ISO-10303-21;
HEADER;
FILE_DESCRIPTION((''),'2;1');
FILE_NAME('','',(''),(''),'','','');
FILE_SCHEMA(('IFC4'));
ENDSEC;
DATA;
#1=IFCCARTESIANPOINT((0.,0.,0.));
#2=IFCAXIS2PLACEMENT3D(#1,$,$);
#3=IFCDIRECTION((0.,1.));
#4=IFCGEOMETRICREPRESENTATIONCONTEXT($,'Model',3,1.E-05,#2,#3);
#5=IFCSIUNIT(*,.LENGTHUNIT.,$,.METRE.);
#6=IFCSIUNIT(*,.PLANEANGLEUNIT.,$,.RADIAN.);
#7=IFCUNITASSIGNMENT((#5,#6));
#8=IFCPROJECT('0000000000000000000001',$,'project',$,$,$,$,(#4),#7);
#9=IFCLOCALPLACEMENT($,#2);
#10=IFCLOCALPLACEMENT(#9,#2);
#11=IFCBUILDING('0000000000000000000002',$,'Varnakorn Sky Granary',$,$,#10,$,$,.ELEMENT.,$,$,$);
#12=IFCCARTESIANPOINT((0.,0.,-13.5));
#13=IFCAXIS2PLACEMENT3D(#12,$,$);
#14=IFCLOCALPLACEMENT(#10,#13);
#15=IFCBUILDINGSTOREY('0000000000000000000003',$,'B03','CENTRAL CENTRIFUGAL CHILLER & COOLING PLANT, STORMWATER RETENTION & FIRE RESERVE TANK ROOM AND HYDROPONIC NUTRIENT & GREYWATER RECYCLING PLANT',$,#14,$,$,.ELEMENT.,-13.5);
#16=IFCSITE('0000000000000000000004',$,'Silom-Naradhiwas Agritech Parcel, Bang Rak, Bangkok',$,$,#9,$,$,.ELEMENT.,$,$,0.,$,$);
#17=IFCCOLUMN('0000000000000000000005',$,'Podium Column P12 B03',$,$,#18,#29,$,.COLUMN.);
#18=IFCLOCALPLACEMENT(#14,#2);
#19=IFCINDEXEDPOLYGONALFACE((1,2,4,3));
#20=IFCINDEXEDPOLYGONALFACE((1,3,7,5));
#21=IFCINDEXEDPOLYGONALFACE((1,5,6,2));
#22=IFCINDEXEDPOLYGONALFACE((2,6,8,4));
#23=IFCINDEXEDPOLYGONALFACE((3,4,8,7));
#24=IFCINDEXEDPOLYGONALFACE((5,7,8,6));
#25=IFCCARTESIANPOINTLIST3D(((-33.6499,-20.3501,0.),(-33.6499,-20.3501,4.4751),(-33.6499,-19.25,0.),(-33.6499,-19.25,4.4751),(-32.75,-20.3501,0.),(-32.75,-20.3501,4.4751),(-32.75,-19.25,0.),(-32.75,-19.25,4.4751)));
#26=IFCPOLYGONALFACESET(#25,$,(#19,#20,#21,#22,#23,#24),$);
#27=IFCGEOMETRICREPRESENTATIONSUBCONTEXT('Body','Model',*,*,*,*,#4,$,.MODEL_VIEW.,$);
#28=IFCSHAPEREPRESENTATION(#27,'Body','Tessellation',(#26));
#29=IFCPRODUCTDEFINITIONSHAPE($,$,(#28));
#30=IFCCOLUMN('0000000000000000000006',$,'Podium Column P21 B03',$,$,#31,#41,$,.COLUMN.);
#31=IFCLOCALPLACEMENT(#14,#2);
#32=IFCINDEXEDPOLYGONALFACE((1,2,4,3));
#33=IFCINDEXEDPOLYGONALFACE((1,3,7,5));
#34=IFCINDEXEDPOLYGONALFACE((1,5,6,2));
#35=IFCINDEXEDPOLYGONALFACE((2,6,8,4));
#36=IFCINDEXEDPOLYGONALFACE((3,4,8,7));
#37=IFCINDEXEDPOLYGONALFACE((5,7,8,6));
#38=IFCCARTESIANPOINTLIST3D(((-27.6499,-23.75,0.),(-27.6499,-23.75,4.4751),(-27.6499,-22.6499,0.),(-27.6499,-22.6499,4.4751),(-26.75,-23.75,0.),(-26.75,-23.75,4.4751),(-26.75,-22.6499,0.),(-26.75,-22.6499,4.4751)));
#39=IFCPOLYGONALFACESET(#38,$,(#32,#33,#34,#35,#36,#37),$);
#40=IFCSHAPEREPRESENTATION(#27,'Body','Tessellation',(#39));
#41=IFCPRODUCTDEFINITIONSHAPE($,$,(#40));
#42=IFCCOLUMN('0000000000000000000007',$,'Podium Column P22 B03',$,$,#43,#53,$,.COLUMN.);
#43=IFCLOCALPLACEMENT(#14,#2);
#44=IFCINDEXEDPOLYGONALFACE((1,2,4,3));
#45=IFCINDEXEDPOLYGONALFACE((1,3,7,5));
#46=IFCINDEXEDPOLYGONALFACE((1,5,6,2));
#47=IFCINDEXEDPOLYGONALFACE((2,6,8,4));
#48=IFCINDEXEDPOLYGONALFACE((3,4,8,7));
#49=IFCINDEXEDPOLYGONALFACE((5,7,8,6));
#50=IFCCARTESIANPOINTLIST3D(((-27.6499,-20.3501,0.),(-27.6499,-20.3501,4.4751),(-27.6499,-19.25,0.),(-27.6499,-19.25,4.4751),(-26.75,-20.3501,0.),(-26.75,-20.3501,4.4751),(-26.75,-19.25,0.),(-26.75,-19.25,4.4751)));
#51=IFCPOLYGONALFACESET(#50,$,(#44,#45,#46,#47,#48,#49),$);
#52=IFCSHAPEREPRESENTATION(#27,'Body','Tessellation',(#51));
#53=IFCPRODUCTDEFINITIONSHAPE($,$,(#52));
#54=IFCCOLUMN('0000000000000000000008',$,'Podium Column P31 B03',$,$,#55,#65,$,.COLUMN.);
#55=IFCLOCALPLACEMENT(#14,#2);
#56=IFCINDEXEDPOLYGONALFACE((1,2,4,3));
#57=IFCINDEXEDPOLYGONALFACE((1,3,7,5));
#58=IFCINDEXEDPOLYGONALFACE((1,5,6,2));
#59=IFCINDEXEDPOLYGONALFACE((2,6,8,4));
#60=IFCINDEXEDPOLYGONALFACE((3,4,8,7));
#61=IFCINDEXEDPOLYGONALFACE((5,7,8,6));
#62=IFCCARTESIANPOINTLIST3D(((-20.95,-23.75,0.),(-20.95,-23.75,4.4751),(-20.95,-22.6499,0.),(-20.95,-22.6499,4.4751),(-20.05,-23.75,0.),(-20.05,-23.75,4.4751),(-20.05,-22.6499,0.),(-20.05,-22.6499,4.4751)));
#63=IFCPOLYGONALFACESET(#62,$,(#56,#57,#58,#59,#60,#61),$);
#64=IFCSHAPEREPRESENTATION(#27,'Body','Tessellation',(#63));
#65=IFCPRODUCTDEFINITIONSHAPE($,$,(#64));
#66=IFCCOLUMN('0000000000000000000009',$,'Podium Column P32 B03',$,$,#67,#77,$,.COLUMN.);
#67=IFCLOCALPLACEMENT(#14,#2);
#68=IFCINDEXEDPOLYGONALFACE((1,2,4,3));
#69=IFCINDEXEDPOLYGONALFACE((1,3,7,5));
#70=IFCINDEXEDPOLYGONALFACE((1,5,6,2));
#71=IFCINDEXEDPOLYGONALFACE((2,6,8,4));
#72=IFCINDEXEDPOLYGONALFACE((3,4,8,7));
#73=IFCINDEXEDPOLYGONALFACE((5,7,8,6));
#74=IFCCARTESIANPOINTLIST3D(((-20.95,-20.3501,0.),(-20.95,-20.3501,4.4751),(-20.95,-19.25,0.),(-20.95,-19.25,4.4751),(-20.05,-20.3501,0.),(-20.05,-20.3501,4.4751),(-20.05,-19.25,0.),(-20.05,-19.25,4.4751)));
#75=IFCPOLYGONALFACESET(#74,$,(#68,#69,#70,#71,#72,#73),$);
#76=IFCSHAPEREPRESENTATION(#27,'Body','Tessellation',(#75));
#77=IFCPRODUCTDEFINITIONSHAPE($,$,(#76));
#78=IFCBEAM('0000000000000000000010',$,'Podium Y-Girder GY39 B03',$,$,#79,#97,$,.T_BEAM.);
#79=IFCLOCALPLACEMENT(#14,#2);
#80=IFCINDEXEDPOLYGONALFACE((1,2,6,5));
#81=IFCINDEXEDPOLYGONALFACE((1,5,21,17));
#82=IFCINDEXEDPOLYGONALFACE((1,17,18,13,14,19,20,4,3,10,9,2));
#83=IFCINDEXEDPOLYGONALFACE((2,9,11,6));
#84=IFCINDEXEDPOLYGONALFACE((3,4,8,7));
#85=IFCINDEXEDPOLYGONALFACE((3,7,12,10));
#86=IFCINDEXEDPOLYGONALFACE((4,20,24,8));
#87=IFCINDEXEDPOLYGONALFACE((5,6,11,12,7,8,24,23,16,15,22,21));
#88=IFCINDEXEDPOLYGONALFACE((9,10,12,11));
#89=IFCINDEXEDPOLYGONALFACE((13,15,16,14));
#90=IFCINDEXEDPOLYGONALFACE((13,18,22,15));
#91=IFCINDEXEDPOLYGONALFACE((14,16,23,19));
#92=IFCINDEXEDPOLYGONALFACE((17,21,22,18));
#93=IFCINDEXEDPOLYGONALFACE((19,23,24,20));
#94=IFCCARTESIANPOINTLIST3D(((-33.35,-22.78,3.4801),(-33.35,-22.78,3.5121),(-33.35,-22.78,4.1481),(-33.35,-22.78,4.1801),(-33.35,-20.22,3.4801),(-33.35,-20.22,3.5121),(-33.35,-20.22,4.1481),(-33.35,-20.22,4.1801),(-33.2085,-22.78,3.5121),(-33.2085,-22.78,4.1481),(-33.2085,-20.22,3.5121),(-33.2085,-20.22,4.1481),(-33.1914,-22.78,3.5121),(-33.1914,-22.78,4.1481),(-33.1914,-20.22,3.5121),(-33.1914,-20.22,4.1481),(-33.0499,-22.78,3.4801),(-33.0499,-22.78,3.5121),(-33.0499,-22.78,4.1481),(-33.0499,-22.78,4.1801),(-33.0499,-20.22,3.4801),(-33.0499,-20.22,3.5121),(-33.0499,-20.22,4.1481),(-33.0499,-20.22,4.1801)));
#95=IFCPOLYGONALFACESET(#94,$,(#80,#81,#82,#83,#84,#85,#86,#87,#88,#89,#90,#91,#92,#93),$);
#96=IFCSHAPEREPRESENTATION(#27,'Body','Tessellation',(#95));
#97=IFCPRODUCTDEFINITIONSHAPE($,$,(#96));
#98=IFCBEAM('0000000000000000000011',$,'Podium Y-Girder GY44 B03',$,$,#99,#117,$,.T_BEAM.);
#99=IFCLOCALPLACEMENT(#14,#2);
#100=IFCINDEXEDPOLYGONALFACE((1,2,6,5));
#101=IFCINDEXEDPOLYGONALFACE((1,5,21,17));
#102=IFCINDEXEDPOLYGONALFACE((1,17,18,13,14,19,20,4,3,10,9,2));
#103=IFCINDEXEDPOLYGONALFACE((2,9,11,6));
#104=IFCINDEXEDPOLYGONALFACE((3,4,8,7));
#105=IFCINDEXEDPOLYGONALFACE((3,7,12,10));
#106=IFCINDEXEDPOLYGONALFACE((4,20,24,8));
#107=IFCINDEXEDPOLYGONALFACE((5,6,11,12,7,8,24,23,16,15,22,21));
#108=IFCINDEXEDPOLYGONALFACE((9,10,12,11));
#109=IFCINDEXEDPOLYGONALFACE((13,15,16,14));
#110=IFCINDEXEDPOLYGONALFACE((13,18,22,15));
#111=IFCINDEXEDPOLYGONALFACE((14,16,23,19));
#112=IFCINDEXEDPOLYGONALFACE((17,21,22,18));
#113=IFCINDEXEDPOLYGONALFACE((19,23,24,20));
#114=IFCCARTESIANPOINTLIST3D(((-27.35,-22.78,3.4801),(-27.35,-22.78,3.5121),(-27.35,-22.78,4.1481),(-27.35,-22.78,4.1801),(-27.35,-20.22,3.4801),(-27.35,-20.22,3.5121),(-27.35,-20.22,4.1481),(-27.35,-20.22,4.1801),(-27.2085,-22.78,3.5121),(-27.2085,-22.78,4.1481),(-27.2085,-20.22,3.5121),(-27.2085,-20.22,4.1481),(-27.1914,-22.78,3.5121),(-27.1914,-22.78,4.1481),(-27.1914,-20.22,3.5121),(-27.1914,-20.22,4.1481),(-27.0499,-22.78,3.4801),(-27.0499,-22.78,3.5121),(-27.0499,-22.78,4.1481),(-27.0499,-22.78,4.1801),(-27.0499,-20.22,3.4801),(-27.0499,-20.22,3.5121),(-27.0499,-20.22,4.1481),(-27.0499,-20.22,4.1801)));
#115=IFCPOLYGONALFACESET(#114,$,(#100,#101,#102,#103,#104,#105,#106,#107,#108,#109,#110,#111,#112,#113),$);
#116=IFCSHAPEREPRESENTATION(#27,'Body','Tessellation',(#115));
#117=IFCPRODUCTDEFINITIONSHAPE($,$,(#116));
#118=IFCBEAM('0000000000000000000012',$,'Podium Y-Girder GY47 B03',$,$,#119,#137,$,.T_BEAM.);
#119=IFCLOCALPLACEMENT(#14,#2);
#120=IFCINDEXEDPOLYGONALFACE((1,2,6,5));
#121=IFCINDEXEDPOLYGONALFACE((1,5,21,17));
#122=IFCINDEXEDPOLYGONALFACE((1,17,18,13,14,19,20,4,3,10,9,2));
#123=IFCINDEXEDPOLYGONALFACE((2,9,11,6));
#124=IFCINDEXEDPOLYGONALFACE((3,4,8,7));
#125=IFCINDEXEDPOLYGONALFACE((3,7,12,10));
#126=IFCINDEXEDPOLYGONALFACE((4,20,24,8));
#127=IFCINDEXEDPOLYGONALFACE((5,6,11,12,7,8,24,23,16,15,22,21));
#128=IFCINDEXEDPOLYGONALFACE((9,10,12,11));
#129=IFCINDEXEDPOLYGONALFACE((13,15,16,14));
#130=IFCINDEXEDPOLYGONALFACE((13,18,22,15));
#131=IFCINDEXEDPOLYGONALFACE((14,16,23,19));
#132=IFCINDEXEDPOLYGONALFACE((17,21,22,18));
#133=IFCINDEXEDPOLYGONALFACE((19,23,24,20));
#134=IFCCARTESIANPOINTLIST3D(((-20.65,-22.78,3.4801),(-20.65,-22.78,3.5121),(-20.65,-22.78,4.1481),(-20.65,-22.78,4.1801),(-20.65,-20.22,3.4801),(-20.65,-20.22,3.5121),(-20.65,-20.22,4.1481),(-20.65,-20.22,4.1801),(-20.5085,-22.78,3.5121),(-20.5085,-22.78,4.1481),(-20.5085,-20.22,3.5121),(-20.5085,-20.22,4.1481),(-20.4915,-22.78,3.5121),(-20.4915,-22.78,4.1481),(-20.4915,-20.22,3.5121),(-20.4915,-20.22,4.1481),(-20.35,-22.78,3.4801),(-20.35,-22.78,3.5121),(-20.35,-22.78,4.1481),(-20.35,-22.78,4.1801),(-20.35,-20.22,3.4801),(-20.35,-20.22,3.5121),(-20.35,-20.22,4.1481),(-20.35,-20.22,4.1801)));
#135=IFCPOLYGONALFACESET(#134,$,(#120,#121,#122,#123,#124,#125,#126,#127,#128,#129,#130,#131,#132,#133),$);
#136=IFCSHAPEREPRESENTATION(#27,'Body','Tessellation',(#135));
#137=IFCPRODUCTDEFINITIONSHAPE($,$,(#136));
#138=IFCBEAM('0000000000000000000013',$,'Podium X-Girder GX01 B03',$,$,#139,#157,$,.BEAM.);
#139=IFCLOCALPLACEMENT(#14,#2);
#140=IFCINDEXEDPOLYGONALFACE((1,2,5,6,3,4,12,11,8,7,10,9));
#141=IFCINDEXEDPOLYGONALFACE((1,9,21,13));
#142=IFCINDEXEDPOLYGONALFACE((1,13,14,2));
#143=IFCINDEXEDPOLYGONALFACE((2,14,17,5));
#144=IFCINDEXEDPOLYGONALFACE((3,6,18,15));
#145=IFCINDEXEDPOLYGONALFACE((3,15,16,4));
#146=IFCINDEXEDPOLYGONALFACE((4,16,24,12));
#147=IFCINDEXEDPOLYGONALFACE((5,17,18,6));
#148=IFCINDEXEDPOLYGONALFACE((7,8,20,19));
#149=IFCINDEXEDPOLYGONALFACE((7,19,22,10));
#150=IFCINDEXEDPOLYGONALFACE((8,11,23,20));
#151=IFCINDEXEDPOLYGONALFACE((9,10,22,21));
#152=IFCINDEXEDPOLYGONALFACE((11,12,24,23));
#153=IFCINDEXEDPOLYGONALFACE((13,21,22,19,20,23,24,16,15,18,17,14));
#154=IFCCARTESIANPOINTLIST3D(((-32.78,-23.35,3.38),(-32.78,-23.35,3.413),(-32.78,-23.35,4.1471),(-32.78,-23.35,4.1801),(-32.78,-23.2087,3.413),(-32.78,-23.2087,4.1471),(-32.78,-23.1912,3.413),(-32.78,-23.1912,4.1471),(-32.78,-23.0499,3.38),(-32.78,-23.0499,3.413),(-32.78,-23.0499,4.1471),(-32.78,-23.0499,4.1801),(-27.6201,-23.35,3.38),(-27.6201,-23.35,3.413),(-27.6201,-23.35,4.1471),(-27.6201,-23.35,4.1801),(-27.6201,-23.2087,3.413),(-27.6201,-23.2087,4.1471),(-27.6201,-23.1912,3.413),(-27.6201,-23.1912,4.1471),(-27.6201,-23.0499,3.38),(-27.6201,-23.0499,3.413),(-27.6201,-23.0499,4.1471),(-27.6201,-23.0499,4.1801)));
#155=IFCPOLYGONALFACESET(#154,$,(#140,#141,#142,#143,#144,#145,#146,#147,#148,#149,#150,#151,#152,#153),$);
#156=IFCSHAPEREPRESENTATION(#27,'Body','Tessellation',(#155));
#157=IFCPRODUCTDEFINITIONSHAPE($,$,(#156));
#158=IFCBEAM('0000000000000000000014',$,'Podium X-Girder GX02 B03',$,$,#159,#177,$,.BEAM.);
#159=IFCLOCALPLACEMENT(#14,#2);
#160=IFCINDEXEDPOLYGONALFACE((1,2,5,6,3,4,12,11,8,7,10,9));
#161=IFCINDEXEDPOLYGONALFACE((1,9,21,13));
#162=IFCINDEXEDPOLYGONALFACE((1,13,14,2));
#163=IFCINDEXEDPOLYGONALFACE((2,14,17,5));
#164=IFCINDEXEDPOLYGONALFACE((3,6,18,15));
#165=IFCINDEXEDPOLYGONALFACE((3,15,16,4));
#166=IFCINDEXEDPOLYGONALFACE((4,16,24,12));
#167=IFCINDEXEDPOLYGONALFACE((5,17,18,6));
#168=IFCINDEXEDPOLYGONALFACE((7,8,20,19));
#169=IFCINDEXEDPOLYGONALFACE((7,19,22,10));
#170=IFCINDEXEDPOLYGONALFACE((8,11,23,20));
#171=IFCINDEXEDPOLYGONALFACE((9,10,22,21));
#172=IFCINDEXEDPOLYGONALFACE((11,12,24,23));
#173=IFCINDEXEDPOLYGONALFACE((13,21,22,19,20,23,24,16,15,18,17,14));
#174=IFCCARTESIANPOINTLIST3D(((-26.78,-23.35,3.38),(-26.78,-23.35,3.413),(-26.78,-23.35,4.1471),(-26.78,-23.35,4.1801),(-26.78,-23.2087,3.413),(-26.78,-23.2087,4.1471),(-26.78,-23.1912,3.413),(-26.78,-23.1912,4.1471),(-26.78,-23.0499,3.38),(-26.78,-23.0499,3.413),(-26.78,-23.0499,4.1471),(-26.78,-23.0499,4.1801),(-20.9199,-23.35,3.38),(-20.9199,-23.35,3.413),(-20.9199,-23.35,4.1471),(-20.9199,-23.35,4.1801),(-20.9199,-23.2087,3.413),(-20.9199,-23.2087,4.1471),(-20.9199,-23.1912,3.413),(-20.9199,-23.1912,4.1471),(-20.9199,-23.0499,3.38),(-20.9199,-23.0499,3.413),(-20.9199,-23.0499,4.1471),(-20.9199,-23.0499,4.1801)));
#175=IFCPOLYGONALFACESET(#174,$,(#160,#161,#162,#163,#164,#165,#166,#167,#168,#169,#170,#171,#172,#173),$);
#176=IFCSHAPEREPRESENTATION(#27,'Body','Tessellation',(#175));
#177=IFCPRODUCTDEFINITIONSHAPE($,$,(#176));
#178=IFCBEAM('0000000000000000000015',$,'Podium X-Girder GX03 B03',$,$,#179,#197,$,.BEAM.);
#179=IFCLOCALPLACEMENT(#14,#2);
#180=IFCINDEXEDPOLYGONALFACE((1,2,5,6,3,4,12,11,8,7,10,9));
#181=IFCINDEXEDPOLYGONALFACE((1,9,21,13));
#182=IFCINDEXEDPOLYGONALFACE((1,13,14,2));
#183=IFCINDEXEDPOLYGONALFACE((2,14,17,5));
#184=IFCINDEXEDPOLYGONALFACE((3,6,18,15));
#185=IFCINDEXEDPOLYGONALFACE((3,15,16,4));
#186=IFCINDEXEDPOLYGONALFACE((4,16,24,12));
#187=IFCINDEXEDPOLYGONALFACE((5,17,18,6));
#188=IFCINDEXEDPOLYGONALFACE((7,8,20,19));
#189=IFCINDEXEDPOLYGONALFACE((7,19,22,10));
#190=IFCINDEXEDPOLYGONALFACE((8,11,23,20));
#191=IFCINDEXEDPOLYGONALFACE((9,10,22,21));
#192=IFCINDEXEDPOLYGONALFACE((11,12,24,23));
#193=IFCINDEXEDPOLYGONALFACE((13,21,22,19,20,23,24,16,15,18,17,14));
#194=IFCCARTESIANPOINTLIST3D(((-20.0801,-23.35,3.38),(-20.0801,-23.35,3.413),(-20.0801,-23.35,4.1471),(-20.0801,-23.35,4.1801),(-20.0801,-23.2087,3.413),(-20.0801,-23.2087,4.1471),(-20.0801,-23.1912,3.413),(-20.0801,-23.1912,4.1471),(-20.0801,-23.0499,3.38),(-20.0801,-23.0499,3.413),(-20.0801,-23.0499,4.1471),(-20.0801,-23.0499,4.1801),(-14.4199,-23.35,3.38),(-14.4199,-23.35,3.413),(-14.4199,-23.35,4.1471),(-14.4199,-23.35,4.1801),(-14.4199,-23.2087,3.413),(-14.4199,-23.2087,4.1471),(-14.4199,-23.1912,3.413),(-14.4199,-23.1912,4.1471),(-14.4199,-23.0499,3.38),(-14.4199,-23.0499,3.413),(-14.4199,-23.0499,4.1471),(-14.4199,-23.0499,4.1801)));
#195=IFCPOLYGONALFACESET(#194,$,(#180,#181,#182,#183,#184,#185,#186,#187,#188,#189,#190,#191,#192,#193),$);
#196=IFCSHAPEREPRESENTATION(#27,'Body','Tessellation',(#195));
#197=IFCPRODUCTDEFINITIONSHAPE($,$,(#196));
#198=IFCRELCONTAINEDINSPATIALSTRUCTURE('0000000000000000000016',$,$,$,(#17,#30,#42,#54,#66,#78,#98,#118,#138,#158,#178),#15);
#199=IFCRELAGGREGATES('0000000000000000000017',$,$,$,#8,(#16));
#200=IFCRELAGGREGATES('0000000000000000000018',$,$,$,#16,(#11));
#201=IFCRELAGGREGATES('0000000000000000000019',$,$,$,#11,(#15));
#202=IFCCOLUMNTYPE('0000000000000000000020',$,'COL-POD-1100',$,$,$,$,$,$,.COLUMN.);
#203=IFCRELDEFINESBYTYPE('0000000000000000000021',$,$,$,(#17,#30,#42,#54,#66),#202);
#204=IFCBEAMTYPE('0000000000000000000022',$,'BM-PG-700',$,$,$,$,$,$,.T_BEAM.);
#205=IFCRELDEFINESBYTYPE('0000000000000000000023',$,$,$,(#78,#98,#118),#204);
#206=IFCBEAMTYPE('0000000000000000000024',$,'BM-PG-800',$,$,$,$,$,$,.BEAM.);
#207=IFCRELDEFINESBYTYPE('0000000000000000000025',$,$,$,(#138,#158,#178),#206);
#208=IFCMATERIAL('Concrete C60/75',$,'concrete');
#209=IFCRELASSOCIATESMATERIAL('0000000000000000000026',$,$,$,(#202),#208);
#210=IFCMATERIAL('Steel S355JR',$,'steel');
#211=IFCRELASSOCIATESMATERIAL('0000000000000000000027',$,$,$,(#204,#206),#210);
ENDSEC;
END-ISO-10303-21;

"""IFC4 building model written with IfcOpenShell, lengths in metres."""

from ifc_helpers import new_model, si_unit, direction, frame, origin, origin_2d, place, context, subcontext, project, spatial, rectangle, i_section, extrude, material, material_profile, profile_set, type_object, element, save


model = new_model("IFC4")

# Units and contexts
model_context = context("Model", 3, precision=1e-05, world=origin(), true_north=direction((0.0, 1.0)))
body_context = subcontext(model_context, "Body", "Model", "MODEL_VIEW")
ifc_project = project(units=[si_unit("LENGTHUNIT", "METRE"), si_unit("PLANEANGLEUNIT", "RADIAN")], contexts=[model_context])

# Site, building, storey
site_placement = place(None, origin())
site = spatial("IfcSite", under=ifc_project, at=site_placement, Name="Silom-Naradhiwas Agritech Parcel, Bang Rak, Bangkok", CompositionType="ELEMENT", RefElevation=0.0)
building_placement = place(site_placement, origin())
building = spatial("IfcBuilding", under=site, at=building_placement, Name="Varnakorn Sky Granary", CompositionType="ELEMENT")
storey_placement = place(building_placement, frame((0.0, 0.0, -13.5)))
storey = spatial("IfcBuildingStorey", under=building, at=storey_placement, Name="B03", Description="CENTRAL CENTRIFUGAL CHILLER & COOLING PLANT, STORMWATER RETENTION & FIRE RESERVE TANK ROOM AND HYDROPONIC NUTRIENT & GREYWATER RECYCLING PLANT", CompositionType="ELEMENT", Elevation=-13.5)

# Columns
ifc_material_1 = material(Name="Concrete C60/75", Category="concrete")
ifc_material_profile_1 = material_profile(ifc_material_1, rectangle(XDim=0.8999, YDim=1.1001, at=origin_2d()), Name="RC 900x1100")
ifc_profile_set_1 = profile_set([ifc_material_profile_1], Name="Concrete C60/75")
column_type = type_object("IfcColumnType", Name="COL-POD-1100", PredefinedType="COLUMN", material=ifc_profile_set_1)
for number, where, z_axis, x_axis, name in (
    (1, (-33.2, -19.8, 0.0), (0.0, 0.0, 1.0), (1.0, 0.0, 0.0), "Podium Column P12 B03"),
    (2, (-27.2, -23.2, 0.0), (0.0, 0.0, 1.0), (1.0, 0.0, 0.0), "Podium Column P21 B03"),
    (3, (-27.2, -19.8, 0.0), (0.0, 0.0, 1.0), (1.0, 0.0, 0.0), "Podium Column P22 B03"),
    (4, (-20.5, -23.2, 0.0), (0.0, 0.0, 1.0), (1.0, 0.0, 0.0), "Podium Column P31 B03"),
    (5, (-20.5, -19.8, 0.0), (0.0, 0.0, 1.0), (1.0, 0.0, 0.0), "Podium Column P32 B03"),
):
    element("IfcColumn", number, at=place(storey_placement, frame(where, z_axis=z_axis, x_axis=x_axis)), inside=storey, type_object=column_type, Name=name, PredefinedType="COLUMN", context=body_context, shape_type="SweptSolid", body=[
        extrude(rectangle(XDim=0.8999, YDim=1.1001, at=origin_2d()), origin(), (0.0, 0.0, 1.0), 4.4751),
    ])

# Beams
ifc_material_2 = material(Name="Steel S355JR", Category="steel")
ifc_material_profile_2 = material_profile(ifc_material_2, i_section(OverallWidth=0.3, OverallDepth=0.7, WebThickness=0.0171, FlangeThickness=0.032, at=origin_2d()), Name="HE 700 B")
ifc_profile_set_2 = profile_set([ifc_material_profile_2], Name="Steel S355JR")
beam_type_1 = type_object("IfcBeamType", Name="BM-PG-700", PredefinedType="T_BEAM", material=ifc_profile_set_2)
for number, where, z_axis, x_axis, name in (
    (6, (-33.2, -22.78, 3.8301), (0.0, 1.0, 0.0), (-1.0, 0.0, 0.0), "Podium Y-Girder GY39 B03"),
    (7, (-27.2, -22.78, 3.8301), (0.0, 1.0, 0.0), (-1.0, 0.0, 0.0), "Podium Y-Girder GY44 B03"),
    (8, (-20.5, -22.78, 3.8301), (0.0, 1.0, 0.0), (-1.0, 0.0, 0.0), "Podium Y-Girder GY47 B03"),
):
    element("IfcBeam", number, at=place(storey_placement, frame(where, z_axis=z_axis, x_axis=x_axis)), inside=storey, type_object=beam_type_1, Name=name, PredefinedType="T_BEAM", context=body_context, shape_type="SweptSolid", body=[
        extrude(i_section(OverallWidth=0.3, OverallDepth=0.7, WebThickness=0.0171, FlangeThickness=0.032, at=origin_2d()), origin(), (0.0, 0.0, 1.0), 2.5601),
    ])
ifc_material_profile_3 = material_profile(ifc_material_2, i_section(OverallWidth=0.3, OverallDepth=0.8, WebThickness=0.0176, FlangeThickness=0.033, at=origin_2d()), Name="HE 800 B")
ifc_profile_set_3 = profile_set([ifc_material_profile_3], Name="Steel S355JR")
beam_type_2 = type_object("IfcBeamType", Name="BM-PG-800", PredefinedType="BEAM", material=ifc_profile_set_3)
beam_1_placement = place(storey_placement, frame((-32.78, -23.2, 3.78), z_axis=(1.0, 0.0, 0.0), x_axis=(0.0, 1.0, 0.0)))
element("IfcBeam", 9, at=beam_1_placement, inside=storey, type_object=beam_type_2, Name="Podium X-Girder GX01 B03", PredefinedType="BEAM", context=body_context, shape_type="SweptSolid", body=[
    extrude(i_section(OverallWidth=0.3, OverallDepth=0.8, WebThickness=0.0176, FlangeThickness=0.033, at=origin_2d()), origin(), (0.0, 0.0, 1.0), 5.1599),
])
beam_2_placement = place(storey_placement, frame((-26.78, -23.2, 3.78), z_axis=(1.0, 0.0, 0.0), x_axis=(0.0, 1.0, 0.0)))
element("IfcBeam", 10, at=beam_2_placement, inside=storey, type_object=beam_type_2, Name="Podium X-Girder GX02 B03", PredefinedType="BEAM", context=body_context, shape_type="SweptSolid", body=[
    extrude(i_section(OverallWidth=0.3, OverallDepth=0.8, WebThickness=0.0176, FlangeThickness=0.033, at=origin_2d()), origin(), (0.0, 0.0, 1.0), 5.8601),
])
beam_3_placement = place(storey_placement, frame((-20.0801, -23.2, 3.78), z_axis=(1.0, 0.0, 0.0), x_axis=(0.0, 1.0, 0.0)))
element("IfcBeam", 11, at=beam_3_placement, inside=storey, type_object=beam_type_2, Name="Podium X-Girder GX03 B03", PredefinedType="BEAM", context=body_context, shape_type="SweptSolid", body=[
    extrude(i_section(OverallWidth=0.3, OverallDepth=0.8, WebThickness=0.0176, FlangeThickness=0.033, at=origin_2d()), origin(), (0.0, 0.0, 1.0), 5.6602),
])

save(model, "model.ifc")
